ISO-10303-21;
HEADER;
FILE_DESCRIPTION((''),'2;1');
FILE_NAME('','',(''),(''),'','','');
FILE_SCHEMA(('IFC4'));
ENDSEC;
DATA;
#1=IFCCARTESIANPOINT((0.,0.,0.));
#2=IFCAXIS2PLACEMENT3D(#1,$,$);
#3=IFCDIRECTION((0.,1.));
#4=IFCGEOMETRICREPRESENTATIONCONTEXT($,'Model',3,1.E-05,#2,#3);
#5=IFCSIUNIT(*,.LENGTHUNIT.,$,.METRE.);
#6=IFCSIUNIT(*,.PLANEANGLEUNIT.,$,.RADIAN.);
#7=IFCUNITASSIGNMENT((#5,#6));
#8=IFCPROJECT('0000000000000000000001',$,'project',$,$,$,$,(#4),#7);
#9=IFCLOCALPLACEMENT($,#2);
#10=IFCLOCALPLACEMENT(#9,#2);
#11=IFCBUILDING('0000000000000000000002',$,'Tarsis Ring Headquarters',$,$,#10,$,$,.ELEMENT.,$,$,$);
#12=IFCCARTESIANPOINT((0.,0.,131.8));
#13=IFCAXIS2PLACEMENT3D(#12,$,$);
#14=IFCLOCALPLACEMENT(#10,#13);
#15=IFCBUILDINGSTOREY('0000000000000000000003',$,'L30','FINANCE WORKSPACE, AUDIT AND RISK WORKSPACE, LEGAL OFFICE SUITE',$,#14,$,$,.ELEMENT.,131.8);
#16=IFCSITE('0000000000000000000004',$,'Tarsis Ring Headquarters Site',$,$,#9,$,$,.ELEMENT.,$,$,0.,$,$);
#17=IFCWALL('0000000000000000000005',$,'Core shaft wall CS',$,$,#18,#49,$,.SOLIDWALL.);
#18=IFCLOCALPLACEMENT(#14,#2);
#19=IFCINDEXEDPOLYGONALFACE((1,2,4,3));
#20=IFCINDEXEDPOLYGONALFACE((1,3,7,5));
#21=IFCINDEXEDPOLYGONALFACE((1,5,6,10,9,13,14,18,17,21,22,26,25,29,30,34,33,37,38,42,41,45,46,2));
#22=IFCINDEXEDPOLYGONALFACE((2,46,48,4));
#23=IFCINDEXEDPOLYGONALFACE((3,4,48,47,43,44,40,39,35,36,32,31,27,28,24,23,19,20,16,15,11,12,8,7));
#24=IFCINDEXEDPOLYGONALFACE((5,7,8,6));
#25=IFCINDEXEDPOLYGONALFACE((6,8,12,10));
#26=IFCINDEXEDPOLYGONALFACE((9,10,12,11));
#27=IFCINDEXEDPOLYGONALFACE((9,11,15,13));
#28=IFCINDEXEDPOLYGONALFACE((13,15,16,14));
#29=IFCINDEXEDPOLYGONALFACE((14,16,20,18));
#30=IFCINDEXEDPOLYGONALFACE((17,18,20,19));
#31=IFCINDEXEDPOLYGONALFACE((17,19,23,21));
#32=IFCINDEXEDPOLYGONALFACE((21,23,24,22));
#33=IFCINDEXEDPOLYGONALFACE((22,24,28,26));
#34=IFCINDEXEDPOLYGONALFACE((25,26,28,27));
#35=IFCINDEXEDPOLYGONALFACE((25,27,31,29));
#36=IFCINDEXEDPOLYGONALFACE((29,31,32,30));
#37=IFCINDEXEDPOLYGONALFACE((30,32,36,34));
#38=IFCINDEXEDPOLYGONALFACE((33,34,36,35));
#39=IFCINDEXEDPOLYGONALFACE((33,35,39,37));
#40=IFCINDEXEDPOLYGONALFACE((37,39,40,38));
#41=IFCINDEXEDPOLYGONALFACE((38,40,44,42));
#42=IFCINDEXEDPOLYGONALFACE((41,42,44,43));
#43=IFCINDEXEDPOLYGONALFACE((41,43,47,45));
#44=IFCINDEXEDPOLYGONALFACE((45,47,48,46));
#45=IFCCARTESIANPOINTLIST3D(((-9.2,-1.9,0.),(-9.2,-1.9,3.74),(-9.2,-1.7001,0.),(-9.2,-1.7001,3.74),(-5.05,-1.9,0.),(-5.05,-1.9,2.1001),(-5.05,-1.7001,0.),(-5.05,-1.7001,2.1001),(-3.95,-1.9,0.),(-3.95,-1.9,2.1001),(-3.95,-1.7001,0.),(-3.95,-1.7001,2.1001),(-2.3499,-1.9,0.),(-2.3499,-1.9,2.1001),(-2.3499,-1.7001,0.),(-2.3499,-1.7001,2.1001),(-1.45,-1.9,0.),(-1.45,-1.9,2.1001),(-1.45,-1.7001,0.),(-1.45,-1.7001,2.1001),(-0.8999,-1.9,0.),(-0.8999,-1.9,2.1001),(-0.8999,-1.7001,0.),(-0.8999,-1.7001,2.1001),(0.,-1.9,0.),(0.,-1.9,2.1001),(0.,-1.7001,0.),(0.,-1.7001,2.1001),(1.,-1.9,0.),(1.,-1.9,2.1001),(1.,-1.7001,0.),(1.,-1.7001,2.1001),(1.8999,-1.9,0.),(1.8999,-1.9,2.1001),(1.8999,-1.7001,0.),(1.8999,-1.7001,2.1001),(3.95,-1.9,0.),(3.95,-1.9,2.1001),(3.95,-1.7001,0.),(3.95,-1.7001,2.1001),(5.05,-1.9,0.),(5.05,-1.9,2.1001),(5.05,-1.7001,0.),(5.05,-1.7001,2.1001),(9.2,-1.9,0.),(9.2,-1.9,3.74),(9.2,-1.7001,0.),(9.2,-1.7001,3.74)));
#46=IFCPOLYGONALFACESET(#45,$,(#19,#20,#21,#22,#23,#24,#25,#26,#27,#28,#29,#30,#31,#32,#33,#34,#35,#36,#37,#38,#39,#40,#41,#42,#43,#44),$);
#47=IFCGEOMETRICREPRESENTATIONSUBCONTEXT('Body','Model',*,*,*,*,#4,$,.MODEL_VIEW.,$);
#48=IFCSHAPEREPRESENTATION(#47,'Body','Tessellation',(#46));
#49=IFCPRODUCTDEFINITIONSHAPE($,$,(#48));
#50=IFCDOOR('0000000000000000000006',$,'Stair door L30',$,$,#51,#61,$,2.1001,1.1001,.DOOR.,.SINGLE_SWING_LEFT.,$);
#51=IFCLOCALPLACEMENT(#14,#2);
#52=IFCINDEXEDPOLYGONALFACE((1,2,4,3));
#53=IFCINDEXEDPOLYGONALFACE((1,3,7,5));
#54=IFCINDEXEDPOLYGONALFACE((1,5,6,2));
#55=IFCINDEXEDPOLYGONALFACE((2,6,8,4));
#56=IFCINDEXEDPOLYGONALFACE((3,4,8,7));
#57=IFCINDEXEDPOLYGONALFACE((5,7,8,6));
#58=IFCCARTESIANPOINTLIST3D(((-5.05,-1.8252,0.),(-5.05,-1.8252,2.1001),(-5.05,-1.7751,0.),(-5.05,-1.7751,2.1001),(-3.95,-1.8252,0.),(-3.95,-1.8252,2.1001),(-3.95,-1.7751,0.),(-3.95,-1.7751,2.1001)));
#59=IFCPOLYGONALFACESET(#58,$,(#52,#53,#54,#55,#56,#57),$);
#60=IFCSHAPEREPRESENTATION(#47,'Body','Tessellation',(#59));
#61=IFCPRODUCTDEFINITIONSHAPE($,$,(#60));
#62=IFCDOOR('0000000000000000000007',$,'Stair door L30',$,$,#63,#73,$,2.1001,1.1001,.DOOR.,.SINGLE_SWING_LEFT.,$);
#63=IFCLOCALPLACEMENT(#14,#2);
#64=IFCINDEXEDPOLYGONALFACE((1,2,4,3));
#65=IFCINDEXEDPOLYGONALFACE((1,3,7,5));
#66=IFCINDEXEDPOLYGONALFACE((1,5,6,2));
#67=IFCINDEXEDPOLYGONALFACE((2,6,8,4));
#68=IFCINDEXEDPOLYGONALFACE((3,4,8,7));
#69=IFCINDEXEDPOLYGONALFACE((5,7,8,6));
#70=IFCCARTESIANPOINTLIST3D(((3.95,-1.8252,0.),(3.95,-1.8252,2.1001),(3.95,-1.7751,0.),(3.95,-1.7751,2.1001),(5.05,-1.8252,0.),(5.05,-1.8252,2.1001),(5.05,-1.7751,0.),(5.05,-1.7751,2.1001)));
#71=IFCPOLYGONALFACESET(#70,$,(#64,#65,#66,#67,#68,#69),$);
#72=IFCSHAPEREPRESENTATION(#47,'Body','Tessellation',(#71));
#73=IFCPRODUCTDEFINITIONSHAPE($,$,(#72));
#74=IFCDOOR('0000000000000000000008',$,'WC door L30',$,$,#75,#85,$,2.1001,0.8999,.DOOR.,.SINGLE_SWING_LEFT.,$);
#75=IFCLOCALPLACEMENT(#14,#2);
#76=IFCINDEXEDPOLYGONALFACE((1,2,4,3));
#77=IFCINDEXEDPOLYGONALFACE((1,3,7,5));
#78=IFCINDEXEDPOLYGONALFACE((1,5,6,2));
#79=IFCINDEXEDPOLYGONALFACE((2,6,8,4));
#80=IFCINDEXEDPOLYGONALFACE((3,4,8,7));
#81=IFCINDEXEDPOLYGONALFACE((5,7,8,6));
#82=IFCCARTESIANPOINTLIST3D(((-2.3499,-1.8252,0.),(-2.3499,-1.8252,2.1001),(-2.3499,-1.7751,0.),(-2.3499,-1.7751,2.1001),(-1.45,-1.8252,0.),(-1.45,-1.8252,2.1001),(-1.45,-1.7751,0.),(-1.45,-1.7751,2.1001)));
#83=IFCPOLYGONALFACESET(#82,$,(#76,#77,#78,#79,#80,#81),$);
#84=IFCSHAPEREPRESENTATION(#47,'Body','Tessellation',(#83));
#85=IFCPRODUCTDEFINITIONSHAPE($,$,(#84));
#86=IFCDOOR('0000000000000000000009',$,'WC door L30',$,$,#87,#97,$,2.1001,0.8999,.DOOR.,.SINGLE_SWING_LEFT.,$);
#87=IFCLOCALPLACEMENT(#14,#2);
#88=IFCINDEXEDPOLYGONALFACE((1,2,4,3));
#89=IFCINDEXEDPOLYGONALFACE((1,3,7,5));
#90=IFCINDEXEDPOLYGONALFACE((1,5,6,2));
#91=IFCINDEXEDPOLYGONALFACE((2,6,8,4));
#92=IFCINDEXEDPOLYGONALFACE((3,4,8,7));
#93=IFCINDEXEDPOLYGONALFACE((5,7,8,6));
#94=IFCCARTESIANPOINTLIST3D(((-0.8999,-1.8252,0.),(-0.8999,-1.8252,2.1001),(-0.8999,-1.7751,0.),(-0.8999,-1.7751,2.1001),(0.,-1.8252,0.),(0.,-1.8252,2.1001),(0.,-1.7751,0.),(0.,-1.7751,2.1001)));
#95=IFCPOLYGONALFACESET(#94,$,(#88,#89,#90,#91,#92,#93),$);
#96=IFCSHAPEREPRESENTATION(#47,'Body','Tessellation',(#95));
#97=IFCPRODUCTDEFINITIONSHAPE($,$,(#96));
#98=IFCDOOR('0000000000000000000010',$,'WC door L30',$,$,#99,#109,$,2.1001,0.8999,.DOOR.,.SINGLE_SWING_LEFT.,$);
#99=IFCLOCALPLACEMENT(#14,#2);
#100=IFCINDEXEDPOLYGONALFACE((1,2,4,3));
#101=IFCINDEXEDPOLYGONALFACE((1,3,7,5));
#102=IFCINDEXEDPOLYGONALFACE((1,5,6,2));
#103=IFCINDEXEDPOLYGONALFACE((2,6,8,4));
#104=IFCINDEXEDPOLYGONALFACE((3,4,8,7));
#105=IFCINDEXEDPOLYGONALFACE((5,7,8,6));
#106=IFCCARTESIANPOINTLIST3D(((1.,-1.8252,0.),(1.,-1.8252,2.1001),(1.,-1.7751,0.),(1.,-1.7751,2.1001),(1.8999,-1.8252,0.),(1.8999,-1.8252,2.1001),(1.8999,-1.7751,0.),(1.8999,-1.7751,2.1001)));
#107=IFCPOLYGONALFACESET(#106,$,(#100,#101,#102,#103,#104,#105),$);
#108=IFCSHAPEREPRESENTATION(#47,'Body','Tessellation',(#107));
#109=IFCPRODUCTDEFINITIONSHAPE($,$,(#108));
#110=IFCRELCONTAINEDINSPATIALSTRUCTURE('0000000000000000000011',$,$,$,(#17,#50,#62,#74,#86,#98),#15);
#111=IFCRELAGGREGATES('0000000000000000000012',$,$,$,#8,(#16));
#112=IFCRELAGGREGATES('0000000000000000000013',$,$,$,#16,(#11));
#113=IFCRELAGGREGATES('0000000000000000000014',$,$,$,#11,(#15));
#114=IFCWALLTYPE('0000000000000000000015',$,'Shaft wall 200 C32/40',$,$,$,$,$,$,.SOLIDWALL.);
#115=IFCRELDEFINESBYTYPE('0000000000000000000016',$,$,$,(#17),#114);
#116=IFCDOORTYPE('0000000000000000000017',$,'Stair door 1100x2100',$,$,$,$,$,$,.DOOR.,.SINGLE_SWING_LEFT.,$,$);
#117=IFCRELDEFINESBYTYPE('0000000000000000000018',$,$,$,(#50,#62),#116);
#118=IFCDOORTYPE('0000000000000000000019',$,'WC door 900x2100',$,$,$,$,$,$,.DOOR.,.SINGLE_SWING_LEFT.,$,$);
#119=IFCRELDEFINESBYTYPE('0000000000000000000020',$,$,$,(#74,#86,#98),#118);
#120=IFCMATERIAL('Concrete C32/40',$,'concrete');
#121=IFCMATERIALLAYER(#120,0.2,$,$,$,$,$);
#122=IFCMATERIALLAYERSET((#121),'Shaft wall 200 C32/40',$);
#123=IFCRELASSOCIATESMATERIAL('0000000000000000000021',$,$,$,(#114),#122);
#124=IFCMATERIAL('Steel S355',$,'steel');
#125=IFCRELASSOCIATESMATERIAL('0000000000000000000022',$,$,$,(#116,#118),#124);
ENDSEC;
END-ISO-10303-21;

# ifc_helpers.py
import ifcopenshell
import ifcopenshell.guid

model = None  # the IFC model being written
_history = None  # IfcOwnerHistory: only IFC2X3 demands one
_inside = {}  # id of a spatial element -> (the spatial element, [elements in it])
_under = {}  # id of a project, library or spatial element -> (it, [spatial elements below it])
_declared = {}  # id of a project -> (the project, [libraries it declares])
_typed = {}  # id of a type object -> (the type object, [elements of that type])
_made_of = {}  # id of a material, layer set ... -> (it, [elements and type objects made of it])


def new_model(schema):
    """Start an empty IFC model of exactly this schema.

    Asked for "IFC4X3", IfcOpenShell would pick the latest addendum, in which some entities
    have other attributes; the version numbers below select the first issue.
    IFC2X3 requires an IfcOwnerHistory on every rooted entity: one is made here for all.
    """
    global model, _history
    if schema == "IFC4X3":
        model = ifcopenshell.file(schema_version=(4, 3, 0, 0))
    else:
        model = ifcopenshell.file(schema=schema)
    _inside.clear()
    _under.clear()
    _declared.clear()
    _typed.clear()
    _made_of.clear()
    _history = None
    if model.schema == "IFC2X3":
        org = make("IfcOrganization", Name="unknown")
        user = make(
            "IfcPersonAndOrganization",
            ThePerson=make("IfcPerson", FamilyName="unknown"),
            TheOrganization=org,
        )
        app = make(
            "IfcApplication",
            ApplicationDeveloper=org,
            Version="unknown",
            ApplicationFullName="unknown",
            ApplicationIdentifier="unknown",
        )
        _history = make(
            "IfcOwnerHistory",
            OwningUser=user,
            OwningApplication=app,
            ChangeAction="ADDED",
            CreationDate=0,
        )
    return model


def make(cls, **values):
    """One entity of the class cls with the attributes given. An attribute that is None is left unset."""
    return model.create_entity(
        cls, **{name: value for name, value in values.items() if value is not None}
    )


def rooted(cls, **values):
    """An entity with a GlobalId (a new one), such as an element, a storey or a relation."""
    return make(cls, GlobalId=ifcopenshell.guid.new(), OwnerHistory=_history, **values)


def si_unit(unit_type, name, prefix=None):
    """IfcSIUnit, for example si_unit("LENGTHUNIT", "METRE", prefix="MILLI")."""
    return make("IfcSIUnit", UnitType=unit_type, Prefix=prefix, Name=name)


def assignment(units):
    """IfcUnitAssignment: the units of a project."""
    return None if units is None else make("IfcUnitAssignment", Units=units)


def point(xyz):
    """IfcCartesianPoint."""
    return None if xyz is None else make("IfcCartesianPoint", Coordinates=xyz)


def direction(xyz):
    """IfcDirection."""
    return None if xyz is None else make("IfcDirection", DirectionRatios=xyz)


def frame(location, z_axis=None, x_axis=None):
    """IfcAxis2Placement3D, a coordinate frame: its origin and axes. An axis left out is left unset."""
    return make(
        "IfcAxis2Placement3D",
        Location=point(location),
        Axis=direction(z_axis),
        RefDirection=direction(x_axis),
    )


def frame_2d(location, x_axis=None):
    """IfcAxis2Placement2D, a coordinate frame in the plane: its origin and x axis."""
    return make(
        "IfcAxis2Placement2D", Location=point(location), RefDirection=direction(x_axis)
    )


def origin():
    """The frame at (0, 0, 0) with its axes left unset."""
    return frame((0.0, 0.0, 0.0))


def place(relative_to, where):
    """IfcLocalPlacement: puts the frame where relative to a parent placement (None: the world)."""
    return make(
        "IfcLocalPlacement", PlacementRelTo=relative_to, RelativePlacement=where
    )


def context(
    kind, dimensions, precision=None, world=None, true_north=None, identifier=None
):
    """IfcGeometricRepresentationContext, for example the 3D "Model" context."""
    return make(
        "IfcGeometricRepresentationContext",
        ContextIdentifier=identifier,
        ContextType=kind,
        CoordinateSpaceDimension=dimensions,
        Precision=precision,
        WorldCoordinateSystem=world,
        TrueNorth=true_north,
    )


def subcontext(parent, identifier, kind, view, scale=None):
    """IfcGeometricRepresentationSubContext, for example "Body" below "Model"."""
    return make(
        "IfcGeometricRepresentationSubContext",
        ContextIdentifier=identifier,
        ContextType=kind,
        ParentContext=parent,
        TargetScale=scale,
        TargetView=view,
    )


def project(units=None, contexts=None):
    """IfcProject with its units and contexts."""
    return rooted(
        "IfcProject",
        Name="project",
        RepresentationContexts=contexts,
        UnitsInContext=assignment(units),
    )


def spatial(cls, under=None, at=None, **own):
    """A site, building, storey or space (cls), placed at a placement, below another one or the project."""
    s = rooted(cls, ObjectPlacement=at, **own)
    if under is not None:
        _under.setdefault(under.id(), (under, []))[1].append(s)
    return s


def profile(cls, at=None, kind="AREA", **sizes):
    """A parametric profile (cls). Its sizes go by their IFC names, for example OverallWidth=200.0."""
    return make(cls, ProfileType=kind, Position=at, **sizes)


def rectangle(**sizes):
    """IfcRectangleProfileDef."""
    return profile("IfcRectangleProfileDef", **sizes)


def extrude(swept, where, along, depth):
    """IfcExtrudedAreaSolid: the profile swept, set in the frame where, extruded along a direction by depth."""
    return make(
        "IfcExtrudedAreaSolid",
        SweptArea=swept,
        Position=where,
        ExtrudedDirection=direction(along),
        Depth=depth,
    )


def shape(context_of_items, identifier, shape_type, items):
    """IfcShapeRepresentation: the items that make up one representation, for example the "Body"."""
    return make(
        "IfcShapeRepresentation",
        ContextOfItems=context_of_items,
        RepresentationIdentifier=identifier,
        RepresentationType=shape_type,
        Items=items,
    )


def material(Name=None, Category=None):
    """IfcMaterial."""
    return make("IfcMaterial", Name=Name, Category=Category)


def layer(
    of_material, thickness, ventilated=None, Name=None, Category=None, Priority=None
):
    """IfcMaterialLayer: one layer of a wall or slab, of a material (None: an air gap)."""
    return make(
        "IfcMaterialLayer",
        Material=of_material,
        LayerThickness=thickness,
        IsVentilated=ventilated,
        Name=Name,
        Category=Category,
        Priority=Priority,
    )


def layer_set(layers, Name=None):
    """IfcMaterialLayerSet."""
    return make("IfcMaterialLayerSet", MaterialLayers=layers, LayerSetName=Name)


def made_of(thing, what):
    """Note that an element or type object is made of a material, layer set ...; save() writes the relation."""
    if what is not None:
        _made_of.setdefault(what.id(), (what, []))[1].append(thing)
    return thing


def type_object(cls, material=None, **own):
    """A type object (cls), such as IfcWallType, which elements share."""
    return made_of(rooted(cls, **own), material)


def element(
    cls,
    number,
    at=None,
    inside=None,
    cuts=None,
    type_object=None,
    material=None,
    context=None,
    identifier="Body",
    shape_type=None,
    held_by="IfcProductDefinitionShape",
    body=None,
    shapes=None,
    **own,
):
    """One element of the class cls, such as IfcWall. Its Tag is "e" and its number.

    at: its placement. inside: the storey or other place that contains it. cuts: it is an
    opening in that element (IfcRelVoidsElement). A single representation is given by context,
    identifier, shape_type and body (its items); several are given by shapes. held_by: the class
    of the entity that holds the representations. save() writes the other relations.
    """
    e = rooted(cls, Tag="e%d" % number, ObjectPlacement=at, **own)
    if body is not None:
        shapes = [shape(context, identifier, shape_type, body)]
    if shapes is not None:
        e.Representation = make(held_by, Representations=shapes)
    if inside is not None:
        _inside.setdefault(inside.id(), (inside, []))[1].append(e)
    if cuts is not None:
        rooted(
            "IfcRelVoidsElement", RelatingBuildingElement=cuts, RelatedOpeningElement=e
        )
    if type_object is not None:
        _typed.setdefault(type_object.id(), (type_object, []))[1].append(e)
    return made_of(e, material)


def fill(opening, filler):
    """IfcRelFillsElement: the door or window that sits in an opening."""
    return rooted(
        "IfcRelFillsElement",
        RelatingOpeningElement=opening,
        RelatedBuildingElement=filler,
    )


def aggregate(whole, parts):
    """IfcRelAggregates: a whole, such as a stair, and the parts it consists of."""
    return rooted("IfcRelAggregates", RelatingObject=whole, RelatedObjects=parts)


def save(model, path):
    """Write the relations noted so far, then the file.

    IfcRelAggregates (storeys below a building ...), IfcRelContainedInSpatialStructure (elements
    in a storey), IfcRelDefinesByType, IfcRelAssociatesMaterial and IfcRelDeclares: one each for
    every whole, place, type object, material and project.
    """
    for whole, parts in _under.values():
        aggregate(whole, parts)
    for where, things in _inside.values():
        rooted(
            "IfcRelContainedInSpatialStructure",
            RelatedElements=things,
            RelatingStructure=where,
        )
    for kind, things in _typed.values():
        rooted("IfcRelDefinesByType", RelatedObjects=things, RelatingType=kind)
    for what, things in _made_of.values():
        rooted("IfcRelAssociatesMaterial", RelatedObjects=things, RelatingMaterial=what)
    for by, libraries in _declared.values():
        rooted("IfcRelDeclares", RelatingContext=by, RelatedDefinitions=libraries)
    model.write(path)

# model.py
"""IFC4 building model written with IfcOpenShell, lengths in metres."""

from ifc_helpers import new_model, si_unit, direction, frame, frame_2d, origin, place, context, subcontext, project, spatial, rectangle, extrude, material, layer, layer_set, type_object, element, fill, save


model = new_model("IFC4")

# Units and contexts
model_context = context("Model", 3, precision=1e-05, world=origin(), true_north=direction((0.0, 1.0)))
body_context = subcontext(model_context, "Body", "Model", "MODEL_VIEW")
ifc_project = project(units=[si_unit("LENGTHUNIT", "METRE"), si_unit("PLANEANGLEUNIT", "RADIAN")], contexts=[model_context])

# Site, building, storey
site_placement = place(None, origin())
site = spatial("IfcSite", under=ifc_project, at=site_placement, Name="Tarsis Ring Headquarters Site", CompositionType="ELEMENT", RefElevation=0.0)
building_placement = place(site_placement, origin())
building = spatial("IfcBuilding", under=site, at=building_placement, Name="Tarsis Ring Headquarters", CompositionType="ELEMENT")
storey_placement = place(building_placement, frame((0.0, 0.0, 131.8)))
storey = spatial("IfcBuildingStorey", under=building, at=storey_placement, Name="L30", Description="FINANCE WORKSPACE, AUDIT AND RISK WORKSPACE, LEGAL OFFICE SUITE", CompositionType="ELEMENT", Elevation=131.8)

# Wall, openings, doors
ifc_material_1 = material(Name="Concrete C32/40", Category="concrete")
ifc_layer = layer(ifc_material_1, 0.2)
ifc_layer_set = layer_set([ifc_layer], Name="Shaft wall 200 C32/40")
wall_type = type_object("IfcWallType", Name="Shaft wall 200 C32/40", PredefinedType="SOLIDWALL", material=ifc_layer_set)
wall_placement = place(storey_placement, frame((-9.2, -1.8, 0.0), z_axis=(0.0, 0.0, 1.0), x_axis=(1.0, 0.0, 0.0)))
wall = element("IfcWall", 1, at=wall_placement, inside=storey, type_object=wall_type, Name="Core shaft wall CS", PredefinedType="SOLIDWALL", context=body_context, shape_type="SweptSolid", body=[
    extrude(rectangle(XDim=18.3999, YDim=0.2, at=frame_2d((9.2, 0.0))), origin(), (0.0, 0.0, 1.0), 3.74),
])
opening_1_placement = place(wall_placement, frame((4.1499, 0.0, 0.0)))
opening_1 = element("IfcOpeningElement", 2, at=opening_1_placement, cuts=wall, PredefinedType="OPENING", context=body_context, shape_type="SweptSolid", body=[
    extrude(rectangle(XDim=1.1001, YDim=2.1001, at=frame_2d((0.55, 1.05))), frame((0.0, 0.1099, 0.0), z_axis=(0.0, -1.0, 0.0), x_axis=(1.0, 0.0, 0.0)), (0.0, 0.0, 1.0), 0.22),
])
opening_2_placement = place(wall_placement, frame((6.8501, 0.0, 0.0)))
opening_2 = element("IfcOpeningElement", 3, at=opening_2_placement, cuts=wall, PredefinedType="OPENING", context=body_context, shape_type="SweptSolid", body=[
    extrude(rectangle(XDim=0.8999, YDim=2.1001, at=frame_2d((0.45, 1.05))), frame((0.0, 0.1099, 0.0), z_axis=(0.0, -1.0, 0.0), x_axis=(1.0, 0.0, 0.0)), (0.0, 0.0, 1.0), 0.22),
])
opening_3_placement = place(wall_placement, frame((8.3, 0.0, 0.0)))
opening_3 = element("IfcOpeningElement", 4, at=opening_3_placement, cuts=wall, PredefinedType="OPENING", context=body_context, shape_type="SweptSolid", body=[
    extrude(rectangle(XDim=0.8999, YDim=2.1001, at=frame_2d((0.45, 1.05))), frame((0.0, 0.1099, 0.0), z_axis=(0.0, -1.0, 0.0), x_axis=(1.0, 0.0, 0.0)), (0.0, 0.0, 1.0), 0.22),
])
opening_4_placement = place(wall_placement, frame((10.2, 0.0, 0.0)))
opening_4 = element("IfcOpeningElement", 5, at=opening_4_placement, cuts=wall, PredefinedType="OPENING", context=body_context, shape_type="SweptSolid", body=[
    extrude(rectangle(XDim=0.8999, YDim=2.1001, at=frame_2d((0.45, 1.05))), frame((0.0, 0.1099, 0.0), z_axis=(0.0, -1.0, 0.0), x_axis=(1.0, 0.0, 0.0)), (0.0, 0.0, 1.0), 0.22),
])
opening_5_placement = place(wall_placement, frame((13.1499, 0.0, 0.0)))
opening_5 = element("IfcOpeningElement", 6, at=opening_5_placement, cuts=wall, PredefinedType="OPENING", context=body_context, shape_type="SweptSolid", body=[
    extrude(rectangle(XDim=1.1001, YDim=2.1001, at=frame_2d((0.55, 1.05))), frame((0.0, 0.1099, 0.0), z_axis=(0.0, -1.0, 0.0), x_axis=(1.0, 0.0, 0.0)), (0.0, 0.0, 1.0), 0.22),
])
ifc_material_2 = material(Name="Steel S355", Category="steel")
door_type_1 = type_object("IfcDoorType", Name="Stair door 1100x2100", OperationType="SINGLE_SWING_LEFT", PredefinedType="DOOR", material=ifc_material_2)
door_1_placement = place(opening_1_placement, origin())
door_1 = element("IfcDoor", 7, at=door_1_placement, inside=storey, type_object=door_type_1, Name="Stair door L30", OperationType="SINGLE_SWING_LEFT", OverallHeight=2.1001, OverallWidth=1.1001, PredefinedType="DOOR", context=body_context, shape_type="SweptSolid", body=[
    extrude(rectangle(XDim=1.1001, YDim=2.1001, at=frame_2d((0.55, 1.05))), frame((0.0, 0.0249, 0.0), z_axis=(0.0, -1.0, 0.0), x_axis=(1.0, 0.0, 0.0)), (0.0, 0.0, 1.0), 0.05),
])
fill(opening_1, door_1)
door_2_placement = place(opening_5_placement, origin())
door_2 = element("IfcDoor", 8, at=door_2_placement, inside=storey, type_object=door_type_1, Name="Stair door L30", OperationType="SINGLE_SWING_LEFT", OverallHeight=2.1001, OverallWidth=1.1001, PredefinedType="DOOR", context=body_context, shape_type="SweptSolid", body=[
    extrude(rectangle(XDim=1.1001, YDim=2.1001, at=frame_2d((0.55, 1.05))), frame((0.0, 0.0249, 0.0), z_axis=(0.0, -1.0, 0.0), x_axis=(1.0, 0.0, 0.0)), (0.0, 0.0, 1.0), 0.05),
])
fill(opening_5, door_2)
door_type_2 = type_object("IfcDoorType", Name="WC door 900x2100", OperationType="SINGLE_SWING_LEFT", PredefinedType="DOOR", material=ifc_material_2)
door_3_placement = place(opening_2_placement, origin())
door_3 = element("IfcDoor", 9, at=door_3_placement, inside=storey, type_object=door_type_2, Name="WC door L30", OperationType="SINGLE_SWING_LEFT", OverallHeight=2.1001, OverallWidth=0.8999, PredefinedType="DOOR", context=body_context, shape_type="SweptSolid", body=[
    extrude(rectangle(XDim=0.8999, YDim=2.1001, at=frame_2d((0.45, 1.05))), frame((0.0, 0.0249, 0.0), z_axis=(0.0, -1.0, 0.0), x_axis=(1.0, 0.0, 0.0)), (0.0, 0.0, 1.0), 0.05),
])
fill(opening_2, door_3)
door_4_placement = place(opening_3_placement, origin())
door_4 = element("IfcDoor", 10, at=door_4_placement, inside=storey, type_object=door_type_2, Name="WC door L30", OperationType="SINGLE_SWING_LEFT", OverallHeight=2.1001, OverallWidth=0.8999, PredefinedType="DOOR", context=body_context, shape_type="SweptSolid", body=[
    extrude(rectangle(XDim=0.8999, YDim=2.1001, at=frame_2d((0.45, 1.05))), frame((0.0, 0.0249, 0.0), z_axis=(0.0, -1.0, 0.0), x_axis=(1.0, 0.0, 0.0)), (0.0, 0.0, 1.0), 0.05),
])
fill(opening_3, door_4)
door_5_placement = place(opening_4_placement, origin())
door_5 = element("IfcDoor", 11, at=door_5_placement, inside=storey, type_object=door_type_2, Name="WC door L30", OperationType="SINGLE_SWING_LEFT", OverallHeight=2.1001, OverallWidth=0.8999, PredefinedType="DOOR", context=body_context, shape_type="SweptSolid", body=[
    extrude(rectangle(XDim=0.8999, YDim=2.1001, at=frame_2d((0.45, 1.05))), frame((0.0, 0.0249, 0.0), z_axis=(0.0, -1.0, 0.0), x_axis=(1.0, 0.0, 0.0)), (0.0, 0.0, 1.0), 0.05),
])
fill(opening_4, door_5)

save(model, "model.ifc")
